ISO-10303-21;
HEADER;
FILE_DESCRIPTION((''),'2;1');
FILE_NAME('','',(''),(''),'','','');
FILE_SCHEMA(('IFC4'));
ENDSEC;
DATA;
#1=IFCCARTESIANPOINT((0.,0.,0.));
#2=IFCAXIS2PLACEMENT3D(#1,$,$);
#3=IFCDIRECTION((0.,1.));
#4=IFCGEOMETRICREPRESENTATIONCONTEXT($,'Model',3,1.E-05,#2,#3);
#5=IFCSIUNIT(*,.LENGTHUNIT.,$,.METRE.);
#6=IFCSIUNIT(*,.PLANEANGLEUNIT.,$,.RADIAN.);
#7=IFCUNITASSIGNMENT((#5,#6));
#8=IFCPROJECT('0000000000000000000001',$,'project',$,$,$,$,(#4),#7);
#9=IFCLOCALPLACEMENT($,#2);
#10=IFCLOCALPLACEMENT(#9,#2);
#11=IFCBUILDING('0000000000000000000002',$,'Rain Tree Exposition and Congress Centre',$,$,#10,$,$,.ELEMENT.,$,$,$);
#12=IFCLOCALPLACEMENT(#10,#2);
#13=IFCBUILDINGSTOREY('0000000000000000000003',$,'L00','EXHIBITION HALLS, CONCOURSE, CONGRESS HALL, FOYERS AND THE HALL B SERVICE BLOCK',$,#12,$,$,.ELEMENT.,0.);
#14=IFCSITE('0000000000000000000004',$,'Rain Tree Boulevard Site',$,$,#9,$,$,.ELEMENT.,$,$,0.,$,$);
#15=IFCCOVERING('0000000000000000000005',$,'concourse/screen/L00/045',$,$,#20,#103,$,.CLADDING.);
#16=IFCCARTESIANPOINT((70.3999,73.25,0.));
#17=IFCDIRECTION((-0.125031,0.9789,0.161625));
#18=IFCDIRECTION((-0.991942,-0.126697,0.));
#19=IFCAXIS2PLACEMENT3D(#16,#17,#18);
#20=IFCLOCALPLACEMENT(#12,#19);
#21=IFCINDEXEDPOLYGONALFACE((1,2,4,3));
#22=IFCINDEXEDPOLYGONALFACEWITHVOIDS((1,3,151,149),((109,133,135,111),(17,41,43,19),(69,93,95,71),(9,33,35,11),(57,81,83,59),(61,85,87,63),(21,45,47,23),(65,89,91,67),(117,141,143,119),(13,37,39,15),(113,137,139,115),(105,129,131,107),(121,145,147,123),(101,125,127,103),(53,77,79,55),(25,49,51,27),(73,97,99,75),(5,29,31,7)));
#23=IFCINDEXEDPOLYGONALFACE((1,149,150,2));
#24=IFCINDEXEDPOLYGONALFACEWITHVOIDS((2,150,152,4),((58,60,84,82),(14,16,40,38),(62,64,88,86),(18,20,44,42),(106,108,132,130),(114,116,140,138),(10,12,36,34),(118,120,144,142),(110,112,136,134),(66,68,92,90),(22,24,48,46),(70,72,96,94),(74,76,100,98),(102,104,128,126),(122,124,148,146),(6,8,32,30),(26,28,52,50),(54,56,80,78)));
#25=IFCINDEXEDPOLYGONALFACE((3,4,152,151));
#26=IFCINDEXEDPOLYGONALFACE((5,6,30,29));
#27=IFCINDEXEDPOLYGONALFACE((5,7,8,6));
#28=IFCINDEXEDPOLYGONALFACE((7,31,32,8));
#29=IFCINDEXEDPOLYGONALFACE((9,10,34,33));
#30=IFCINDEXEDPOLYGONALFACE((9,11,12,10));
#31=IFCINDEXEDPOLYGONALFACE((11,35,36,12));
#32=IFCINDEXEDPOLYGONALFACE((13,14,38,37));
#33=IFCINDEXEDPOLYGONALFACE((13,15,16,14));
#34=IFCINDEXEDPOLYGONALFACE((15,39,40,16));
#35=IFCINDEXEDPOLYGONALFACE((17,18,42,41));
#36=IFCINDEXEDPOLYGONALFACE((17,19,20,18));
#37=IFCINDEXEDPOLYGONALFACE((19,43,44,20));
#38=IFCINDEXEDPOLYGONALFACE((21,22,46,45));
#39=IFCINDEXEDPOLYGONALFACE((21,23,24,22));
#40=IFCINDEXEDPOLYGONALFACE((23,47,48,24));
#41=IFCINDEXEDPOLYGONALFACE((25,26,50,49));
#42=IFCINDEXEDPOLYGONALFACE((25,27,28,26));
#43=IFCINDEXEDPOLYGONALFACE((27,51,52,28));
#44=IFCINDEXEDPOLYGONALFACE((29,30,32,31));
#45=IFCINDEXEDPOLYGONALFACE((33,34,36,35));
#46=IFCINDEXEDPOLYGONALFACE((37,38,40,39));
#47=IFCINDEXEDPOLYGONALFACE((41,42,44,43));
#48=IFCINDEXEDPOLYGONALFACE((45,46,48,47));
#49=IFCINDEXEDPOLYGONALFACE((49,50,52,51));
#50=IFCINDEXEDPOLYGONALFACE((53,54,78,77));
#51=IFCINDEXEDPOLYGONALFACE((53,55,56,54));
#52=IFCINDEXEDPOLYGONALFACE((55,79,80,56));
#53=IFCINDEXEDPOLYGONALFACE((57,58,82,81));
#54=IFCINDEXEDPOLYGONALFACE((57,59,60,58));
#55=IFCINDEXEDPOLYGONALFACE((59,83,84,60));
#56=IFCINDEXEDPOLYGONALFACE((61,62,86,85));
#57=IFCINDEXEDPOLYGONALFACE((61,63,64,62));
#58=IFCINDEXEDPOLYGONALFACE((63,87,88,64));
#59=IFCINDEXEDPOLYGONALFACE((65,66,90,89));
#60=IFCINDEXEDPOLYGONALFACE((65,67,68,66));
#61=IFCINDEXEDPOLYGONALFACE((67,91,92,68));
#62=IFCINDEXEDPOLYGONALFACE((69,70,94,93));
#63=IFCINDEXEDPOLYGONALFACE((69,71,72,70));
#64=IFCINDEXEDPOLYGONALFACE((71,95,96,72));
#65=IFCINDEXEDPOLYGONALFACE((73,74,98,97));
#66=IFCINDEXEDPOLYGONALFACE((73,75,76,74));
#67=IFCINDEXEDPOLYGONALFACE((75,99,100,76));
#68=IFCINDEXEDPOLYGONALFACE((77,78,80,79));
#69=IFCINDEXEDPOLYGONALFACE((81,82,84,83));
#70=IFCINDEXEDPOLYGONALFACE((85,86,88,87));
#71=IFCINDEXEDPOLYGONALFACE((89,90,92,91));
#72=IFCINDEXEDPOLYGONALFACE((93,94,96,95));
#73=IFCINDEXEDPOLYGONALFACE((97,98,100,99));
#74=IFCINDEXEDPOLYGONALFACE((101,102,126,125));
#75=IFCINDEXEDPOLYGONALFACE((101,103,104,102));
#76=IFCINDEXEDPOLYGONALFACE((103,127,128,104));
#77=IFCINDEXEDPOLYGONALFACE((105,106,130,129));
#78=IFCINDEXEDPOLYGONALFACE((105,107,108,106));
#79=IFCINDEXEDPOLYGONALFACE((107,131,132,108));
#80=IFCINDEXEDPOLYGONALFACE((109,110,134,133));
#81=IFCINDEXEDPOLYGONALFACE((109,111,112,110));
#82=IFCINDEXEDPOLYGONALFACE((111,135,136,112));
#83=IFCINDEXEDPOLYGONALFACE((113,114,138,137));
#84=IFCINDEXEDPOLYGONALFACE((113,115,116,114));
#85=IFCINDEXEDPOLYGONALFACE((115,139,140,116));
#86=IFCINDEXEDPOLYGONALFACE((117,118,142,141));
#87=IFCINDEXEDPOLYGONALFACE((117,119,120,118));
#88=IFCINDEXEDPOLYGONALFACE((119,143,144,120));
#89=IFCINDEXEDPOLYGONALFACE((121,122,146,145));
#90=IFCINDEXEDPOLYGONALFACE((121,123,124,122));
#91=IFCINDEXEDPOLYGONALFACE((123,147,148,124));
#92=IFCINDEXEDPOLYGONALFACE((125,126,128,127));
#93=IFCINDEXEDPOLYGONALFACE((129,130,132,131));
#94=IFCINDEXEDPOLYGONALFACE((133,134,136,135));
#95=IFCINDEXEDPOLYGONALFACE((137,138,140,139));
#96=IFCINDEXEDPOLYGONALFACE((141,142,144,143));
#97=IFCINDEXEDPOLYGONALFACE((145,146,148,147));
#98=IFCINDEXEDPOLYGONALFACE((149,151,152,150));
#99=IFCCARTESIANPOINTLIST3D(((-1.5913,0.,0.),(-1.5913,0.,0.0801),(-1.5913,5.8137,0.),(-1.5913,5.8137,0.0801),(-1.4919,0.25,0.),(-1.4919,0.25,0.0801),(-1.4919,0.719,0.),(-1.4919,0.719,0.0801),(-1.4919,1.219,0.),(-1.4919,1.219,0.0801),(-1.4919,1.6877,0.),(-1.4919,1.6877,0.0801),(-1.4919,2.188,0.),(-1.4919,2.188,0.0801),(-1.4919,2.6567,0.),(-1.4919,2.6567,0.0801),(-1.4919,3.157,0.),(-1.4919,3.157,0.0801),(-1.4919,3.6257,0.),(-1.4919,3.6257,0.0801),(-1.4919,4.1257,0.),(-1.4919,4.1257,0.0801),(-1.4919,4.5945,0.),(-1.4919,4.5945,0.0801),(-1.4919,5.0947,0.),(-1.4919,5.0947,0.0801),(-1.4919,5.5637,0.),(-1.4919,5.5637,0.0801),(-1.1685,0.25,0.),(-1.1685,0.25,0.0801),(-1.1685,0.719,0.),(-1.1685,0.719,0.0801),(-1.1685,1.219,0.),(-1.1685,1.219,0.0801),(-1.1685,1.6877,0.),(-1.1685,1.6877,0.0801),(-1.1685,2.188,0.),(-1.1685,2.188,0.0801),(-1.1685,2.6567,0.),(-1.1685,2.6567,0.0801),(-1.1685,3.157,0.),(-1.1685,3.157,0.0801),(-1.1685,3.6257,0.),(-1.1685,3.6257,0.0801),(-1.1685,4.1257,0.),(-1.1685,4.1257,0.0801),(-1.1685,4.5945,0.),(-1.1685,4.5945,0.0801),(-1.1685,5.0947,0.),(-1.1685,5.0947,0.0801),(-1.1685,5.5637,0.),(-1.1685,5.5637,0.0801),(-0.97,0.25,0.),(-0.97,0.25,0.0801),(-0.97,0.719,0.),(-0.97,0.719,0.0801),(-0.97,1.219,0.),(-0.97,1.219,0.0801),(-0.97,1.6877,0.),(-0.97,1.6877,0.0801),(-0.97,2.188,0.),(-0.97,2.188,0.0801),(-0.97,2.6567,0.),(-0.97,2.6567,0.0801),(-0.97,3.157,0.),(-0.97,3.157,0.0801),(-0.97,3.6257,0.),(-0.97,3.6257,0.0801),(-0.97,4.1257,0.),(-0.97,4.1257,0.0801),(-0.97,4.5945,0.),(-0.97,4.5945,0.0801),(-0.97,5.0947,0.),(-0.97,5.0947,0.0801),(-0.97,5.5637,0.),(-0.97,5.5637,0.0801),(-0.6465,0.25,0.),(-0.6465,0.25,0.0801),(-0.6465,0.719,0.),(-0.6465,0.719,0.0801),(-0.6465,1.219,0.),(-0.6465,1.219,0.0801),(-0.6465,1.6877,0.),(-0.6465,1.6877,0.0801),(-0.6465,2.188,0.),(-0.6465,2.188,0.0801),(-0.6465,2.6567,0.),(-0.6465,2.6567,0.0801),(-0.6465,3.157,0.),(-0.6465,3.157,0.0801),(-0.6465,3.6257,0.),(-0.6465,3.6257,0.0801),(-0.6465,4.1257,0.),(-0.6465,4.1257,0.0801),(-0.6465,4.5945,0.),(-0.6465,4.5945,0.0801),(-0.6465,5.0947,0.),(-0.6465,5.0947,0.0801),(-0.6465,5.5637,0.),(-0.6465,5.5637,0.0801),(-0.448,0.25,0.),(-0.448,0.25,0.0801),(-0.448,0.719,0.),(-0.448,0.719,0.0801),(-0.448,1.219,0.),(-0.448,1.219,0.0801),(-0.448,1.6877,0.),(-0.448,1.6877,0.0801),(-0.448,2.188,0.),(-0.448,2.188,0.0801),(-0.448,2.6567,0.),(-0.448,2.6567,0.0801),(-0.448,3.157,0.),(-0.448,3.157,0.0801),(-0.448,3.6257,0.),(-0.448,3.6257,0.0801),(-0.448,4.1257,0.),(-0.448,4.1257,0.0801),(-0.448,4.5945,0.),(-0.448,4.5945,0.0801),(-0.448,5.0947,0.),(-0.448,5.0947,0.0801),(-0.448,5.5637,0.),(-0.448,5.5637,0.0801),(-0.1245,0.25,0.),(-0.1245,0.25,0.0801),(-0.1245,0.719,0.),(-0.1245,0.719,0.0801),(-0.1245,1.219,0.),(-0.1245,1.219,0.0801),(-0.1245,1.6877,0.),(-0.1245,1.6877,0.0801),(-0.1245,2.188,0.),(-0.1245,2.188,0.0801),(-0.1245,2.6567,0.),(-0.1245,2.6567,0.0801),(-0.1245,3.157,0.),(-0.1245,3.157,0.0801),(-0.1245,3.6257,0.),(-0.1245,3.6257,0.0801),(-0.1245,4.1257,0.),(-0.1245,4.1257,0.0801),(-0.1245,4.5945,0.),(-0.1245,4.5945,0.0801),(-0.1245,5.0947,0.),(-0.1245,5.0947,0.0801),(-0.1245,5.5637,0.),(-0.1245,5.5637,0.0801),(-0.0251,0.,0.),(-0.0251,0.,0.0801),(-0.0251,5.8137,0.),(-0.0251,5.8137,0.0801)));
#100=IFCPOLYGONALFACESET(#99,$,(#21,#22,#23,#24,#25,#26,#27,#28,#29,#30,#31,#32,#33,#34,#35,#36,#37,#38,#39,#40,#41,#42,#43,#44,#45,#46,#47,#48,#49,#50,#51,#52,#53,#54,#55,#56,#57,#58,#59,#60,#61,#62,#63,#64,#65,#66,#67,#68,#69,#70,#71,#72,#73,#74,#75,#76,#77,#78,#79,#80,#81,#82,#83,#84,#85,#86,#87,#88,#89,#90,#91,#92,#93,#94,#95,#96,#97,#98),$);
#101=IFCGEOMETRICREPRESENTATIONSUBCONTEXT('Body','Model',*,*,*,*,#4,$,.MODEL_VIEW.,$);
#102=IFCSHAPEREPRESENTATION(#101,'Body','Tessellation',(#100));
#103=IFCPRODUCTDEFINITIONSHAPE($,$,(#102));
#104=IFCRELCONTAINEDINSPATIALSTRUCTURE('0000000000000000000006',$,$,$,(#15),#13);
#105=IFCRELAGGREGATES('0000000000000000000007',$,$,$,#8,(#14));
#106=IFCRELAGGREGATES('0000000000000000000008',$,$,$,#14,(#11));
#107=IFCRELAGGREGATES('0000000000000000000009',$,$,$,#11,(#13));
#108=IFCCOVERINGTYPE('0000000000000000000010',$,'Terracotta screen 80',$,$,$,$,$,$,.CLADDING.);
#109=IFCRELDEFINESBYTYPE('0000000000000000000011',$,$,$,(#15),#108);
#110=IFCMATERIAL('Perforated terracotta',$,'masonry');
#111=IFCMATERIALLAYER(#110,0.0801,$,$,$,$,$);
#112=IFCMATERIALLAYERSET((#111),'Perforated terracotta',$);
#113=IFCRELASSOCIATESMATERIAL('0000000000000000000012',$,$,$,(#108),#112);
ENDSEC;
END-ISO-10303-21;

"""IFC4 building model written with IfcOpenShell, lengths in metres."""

from ifc_helpers import new_model, si_unit, direction, frame, origin, place, context, subcontext, project, spatial, polyline, outline, extrude, material, layer, layer_set, type_object, element, save


model = new_model("IFC4")

# Units and contexts
model_context = context("Model", 3, precision=1e-05, world=origin(), true_north=direction((0.0, 1.0)))
body_context = subcontext(model_context, "Body", "Model", "MODEL_VIEW")
ifc_project = project(units=[si_unit("LENGTHUNIT", "METRE"), si_unit("PLANEANGLEUNIT", "RADIAN")], contexts=[model_context])

# Site, building, storey
site_placement = place(None, origin())
site = spatial("IfcSite", under=ifc_project, at=site_placement, Name="Rain Tree Boulevard Site", CompositionType="ELEMENT", RefElevation=0.0)
building_placement = place(site_placement, origin())
building = spatial("IfcBuilding", under=site, at=building_placement, Name="Rain Tree Exposition and Congress Centre", CompositionType="ELEMENT")
storey_placement = place(building_placement, origin())
storey = spatial("IfcBuildingStorey", under=building, at=storey_placement, Name="L00", Description="EXHIBITION HALLS, CONCOURSE, CONGRESS HALL, FOYERS AND THE HALL B SERVICE BLOCK", CompositionType="ELEMENT", Elevation=0.0)

# Covering
ifc_material_1 = material(Name="Perforated terracotta", Category="masonry")
ifc_layer_1 = layer(ifc_material_1, 0.0801)
ifc_layer_set_1 = layer_set([ifc_layer_1], Name="Perforated terracotta")
covering_type_1 = type_object("IfcCoveringType", Name="Terracotta screen 80", PredefinedType="CLADDING", material=ifc_layer_set_1)
covering_1_placement = place(storey_placement, frame((70.3999, 73.25, 0.0), z_axis=(-0.125031, 0.9789, 0.161625), x_axis=(-0.991942, -0.126697, 0.0)))
element("IfcCovering", 1, at=covering_1_placement, inside=storey, type_object=covering_type_1, Name="concourse/screen/L00/045", PredefinedType="CLADDING", context=body_context, shape_type="SweptSolid", body=[
    extrude(outline(polyline([(-0.0251, 0.0), (-1.5913, 0.0), (-1.5913, 5.8137), (-0.0251, 5.8137), (-0.0251, 0.0)]), holes=[polyline([(-0.1245, 0.25), (-0.1245, 0.719), (-0.448, 0.719), (-0.448, 0.25), (-0.1245, 0.25)]), polyline([(-0.1245, 1.219), (-0.1245, 1.6877), (-0.448, 1.6877), (-0.448, 1.219), (-0.1245, 1.219)]), polyline([(-0.1245, 2.188), (-0.1245, 2.6567), (-0.448, 2.6567), (-0.448, 2.188), (-0.1245, 2.188)]), polyline([(-0.1245, 3.157), (-0.1245, 3.6257), (-0.448, 3.6257), (-0.448, 3.157), (-0.1245, 3.157)]), polyline([(-0.1245, 4.1257), (-0.1245, 4.5945), (-0.448, 4.5945), (-0.448, 4.1257), (-0.1245, 4.1257)]), polyline([(-0.1245, 5.0947), (-0.1245, 5.5637), (-0.448, 5.5637), (-0.448, 5.0947), (-0.1245, 5.0947)]), polyline([(-0.6465, 0.25), (-0.6465, 0.719), (-0.97, 0.719), (-0.97, 0.25), (-0.6465, 0.25)]), polyline([(-0.6465, 1.219), (-0.6465, 1.6877), (-0.97, 1.6877), (-0.97, 1.219), (-0.6465, 1.219)]), polyline([(-0.6465, 2.188), (-0.6465, 2.6567), (-0.97, 2.6567), (-0.97, 2.188), (-0.6465, 2.188)]), polyline([(-0.6465, 3.157), (-0.6465, 3.6257), (-0.97, 3.6257), (-0.97, 3.157), (-0.6465, 3.157)]), polyline([(-0.6465, 4.1257), (-0.6465, 4.5945), (-0.97, 4.5945), (-0.97, 4.1257), (-0.6465, 4.1257)]), polyline([(-0.6465, 5.0947), (-0.6465, 5.5637), (-0.97, 5.5637), (-0.97, 5.0947), (-0.6465, 5.0947)]), polyline([(-1.1685, 0.25), (-1.1685, 0.719), (-1.4919, 0.719), (-1.4919, 0.25), (-1.1685, 0.25)]), polyline([(-1.1685, 1.219), (-1.1685, 1.6877), (-1.4919, 1.6877), (-1.4919, 1.219), (-1.1685, 1.219)]), polyline([(-1.1685, 2.188), (-1.1685, 2.6567), (-1.4919, 2.6567), (-1.4919, 2.188), (-1.1685, 2.188)]), polyline([(-1.1685, 3.157), (-1.1685, 3.6257), (-1.4919, 3.6257), (-1.4919, 3.157), (-1.1685, 3.157)]), polyline([(-1.1685, 4.1257), (-1.1685, 4.5945), (-1.4919, 4.5945), (-1.4919, 4.1257), (-1.1685, 4.1257)]), polyline([(-1.1685, 5.0947), (-1.1685, 5.5637), (-1.4919, 5.5637), (-1.4919, 5.0947), (-1.1685, 5.0947)])]), origin(), (0.0, 0.0, 1.0), 0.0801),
])

save(model, "model.ifc")
